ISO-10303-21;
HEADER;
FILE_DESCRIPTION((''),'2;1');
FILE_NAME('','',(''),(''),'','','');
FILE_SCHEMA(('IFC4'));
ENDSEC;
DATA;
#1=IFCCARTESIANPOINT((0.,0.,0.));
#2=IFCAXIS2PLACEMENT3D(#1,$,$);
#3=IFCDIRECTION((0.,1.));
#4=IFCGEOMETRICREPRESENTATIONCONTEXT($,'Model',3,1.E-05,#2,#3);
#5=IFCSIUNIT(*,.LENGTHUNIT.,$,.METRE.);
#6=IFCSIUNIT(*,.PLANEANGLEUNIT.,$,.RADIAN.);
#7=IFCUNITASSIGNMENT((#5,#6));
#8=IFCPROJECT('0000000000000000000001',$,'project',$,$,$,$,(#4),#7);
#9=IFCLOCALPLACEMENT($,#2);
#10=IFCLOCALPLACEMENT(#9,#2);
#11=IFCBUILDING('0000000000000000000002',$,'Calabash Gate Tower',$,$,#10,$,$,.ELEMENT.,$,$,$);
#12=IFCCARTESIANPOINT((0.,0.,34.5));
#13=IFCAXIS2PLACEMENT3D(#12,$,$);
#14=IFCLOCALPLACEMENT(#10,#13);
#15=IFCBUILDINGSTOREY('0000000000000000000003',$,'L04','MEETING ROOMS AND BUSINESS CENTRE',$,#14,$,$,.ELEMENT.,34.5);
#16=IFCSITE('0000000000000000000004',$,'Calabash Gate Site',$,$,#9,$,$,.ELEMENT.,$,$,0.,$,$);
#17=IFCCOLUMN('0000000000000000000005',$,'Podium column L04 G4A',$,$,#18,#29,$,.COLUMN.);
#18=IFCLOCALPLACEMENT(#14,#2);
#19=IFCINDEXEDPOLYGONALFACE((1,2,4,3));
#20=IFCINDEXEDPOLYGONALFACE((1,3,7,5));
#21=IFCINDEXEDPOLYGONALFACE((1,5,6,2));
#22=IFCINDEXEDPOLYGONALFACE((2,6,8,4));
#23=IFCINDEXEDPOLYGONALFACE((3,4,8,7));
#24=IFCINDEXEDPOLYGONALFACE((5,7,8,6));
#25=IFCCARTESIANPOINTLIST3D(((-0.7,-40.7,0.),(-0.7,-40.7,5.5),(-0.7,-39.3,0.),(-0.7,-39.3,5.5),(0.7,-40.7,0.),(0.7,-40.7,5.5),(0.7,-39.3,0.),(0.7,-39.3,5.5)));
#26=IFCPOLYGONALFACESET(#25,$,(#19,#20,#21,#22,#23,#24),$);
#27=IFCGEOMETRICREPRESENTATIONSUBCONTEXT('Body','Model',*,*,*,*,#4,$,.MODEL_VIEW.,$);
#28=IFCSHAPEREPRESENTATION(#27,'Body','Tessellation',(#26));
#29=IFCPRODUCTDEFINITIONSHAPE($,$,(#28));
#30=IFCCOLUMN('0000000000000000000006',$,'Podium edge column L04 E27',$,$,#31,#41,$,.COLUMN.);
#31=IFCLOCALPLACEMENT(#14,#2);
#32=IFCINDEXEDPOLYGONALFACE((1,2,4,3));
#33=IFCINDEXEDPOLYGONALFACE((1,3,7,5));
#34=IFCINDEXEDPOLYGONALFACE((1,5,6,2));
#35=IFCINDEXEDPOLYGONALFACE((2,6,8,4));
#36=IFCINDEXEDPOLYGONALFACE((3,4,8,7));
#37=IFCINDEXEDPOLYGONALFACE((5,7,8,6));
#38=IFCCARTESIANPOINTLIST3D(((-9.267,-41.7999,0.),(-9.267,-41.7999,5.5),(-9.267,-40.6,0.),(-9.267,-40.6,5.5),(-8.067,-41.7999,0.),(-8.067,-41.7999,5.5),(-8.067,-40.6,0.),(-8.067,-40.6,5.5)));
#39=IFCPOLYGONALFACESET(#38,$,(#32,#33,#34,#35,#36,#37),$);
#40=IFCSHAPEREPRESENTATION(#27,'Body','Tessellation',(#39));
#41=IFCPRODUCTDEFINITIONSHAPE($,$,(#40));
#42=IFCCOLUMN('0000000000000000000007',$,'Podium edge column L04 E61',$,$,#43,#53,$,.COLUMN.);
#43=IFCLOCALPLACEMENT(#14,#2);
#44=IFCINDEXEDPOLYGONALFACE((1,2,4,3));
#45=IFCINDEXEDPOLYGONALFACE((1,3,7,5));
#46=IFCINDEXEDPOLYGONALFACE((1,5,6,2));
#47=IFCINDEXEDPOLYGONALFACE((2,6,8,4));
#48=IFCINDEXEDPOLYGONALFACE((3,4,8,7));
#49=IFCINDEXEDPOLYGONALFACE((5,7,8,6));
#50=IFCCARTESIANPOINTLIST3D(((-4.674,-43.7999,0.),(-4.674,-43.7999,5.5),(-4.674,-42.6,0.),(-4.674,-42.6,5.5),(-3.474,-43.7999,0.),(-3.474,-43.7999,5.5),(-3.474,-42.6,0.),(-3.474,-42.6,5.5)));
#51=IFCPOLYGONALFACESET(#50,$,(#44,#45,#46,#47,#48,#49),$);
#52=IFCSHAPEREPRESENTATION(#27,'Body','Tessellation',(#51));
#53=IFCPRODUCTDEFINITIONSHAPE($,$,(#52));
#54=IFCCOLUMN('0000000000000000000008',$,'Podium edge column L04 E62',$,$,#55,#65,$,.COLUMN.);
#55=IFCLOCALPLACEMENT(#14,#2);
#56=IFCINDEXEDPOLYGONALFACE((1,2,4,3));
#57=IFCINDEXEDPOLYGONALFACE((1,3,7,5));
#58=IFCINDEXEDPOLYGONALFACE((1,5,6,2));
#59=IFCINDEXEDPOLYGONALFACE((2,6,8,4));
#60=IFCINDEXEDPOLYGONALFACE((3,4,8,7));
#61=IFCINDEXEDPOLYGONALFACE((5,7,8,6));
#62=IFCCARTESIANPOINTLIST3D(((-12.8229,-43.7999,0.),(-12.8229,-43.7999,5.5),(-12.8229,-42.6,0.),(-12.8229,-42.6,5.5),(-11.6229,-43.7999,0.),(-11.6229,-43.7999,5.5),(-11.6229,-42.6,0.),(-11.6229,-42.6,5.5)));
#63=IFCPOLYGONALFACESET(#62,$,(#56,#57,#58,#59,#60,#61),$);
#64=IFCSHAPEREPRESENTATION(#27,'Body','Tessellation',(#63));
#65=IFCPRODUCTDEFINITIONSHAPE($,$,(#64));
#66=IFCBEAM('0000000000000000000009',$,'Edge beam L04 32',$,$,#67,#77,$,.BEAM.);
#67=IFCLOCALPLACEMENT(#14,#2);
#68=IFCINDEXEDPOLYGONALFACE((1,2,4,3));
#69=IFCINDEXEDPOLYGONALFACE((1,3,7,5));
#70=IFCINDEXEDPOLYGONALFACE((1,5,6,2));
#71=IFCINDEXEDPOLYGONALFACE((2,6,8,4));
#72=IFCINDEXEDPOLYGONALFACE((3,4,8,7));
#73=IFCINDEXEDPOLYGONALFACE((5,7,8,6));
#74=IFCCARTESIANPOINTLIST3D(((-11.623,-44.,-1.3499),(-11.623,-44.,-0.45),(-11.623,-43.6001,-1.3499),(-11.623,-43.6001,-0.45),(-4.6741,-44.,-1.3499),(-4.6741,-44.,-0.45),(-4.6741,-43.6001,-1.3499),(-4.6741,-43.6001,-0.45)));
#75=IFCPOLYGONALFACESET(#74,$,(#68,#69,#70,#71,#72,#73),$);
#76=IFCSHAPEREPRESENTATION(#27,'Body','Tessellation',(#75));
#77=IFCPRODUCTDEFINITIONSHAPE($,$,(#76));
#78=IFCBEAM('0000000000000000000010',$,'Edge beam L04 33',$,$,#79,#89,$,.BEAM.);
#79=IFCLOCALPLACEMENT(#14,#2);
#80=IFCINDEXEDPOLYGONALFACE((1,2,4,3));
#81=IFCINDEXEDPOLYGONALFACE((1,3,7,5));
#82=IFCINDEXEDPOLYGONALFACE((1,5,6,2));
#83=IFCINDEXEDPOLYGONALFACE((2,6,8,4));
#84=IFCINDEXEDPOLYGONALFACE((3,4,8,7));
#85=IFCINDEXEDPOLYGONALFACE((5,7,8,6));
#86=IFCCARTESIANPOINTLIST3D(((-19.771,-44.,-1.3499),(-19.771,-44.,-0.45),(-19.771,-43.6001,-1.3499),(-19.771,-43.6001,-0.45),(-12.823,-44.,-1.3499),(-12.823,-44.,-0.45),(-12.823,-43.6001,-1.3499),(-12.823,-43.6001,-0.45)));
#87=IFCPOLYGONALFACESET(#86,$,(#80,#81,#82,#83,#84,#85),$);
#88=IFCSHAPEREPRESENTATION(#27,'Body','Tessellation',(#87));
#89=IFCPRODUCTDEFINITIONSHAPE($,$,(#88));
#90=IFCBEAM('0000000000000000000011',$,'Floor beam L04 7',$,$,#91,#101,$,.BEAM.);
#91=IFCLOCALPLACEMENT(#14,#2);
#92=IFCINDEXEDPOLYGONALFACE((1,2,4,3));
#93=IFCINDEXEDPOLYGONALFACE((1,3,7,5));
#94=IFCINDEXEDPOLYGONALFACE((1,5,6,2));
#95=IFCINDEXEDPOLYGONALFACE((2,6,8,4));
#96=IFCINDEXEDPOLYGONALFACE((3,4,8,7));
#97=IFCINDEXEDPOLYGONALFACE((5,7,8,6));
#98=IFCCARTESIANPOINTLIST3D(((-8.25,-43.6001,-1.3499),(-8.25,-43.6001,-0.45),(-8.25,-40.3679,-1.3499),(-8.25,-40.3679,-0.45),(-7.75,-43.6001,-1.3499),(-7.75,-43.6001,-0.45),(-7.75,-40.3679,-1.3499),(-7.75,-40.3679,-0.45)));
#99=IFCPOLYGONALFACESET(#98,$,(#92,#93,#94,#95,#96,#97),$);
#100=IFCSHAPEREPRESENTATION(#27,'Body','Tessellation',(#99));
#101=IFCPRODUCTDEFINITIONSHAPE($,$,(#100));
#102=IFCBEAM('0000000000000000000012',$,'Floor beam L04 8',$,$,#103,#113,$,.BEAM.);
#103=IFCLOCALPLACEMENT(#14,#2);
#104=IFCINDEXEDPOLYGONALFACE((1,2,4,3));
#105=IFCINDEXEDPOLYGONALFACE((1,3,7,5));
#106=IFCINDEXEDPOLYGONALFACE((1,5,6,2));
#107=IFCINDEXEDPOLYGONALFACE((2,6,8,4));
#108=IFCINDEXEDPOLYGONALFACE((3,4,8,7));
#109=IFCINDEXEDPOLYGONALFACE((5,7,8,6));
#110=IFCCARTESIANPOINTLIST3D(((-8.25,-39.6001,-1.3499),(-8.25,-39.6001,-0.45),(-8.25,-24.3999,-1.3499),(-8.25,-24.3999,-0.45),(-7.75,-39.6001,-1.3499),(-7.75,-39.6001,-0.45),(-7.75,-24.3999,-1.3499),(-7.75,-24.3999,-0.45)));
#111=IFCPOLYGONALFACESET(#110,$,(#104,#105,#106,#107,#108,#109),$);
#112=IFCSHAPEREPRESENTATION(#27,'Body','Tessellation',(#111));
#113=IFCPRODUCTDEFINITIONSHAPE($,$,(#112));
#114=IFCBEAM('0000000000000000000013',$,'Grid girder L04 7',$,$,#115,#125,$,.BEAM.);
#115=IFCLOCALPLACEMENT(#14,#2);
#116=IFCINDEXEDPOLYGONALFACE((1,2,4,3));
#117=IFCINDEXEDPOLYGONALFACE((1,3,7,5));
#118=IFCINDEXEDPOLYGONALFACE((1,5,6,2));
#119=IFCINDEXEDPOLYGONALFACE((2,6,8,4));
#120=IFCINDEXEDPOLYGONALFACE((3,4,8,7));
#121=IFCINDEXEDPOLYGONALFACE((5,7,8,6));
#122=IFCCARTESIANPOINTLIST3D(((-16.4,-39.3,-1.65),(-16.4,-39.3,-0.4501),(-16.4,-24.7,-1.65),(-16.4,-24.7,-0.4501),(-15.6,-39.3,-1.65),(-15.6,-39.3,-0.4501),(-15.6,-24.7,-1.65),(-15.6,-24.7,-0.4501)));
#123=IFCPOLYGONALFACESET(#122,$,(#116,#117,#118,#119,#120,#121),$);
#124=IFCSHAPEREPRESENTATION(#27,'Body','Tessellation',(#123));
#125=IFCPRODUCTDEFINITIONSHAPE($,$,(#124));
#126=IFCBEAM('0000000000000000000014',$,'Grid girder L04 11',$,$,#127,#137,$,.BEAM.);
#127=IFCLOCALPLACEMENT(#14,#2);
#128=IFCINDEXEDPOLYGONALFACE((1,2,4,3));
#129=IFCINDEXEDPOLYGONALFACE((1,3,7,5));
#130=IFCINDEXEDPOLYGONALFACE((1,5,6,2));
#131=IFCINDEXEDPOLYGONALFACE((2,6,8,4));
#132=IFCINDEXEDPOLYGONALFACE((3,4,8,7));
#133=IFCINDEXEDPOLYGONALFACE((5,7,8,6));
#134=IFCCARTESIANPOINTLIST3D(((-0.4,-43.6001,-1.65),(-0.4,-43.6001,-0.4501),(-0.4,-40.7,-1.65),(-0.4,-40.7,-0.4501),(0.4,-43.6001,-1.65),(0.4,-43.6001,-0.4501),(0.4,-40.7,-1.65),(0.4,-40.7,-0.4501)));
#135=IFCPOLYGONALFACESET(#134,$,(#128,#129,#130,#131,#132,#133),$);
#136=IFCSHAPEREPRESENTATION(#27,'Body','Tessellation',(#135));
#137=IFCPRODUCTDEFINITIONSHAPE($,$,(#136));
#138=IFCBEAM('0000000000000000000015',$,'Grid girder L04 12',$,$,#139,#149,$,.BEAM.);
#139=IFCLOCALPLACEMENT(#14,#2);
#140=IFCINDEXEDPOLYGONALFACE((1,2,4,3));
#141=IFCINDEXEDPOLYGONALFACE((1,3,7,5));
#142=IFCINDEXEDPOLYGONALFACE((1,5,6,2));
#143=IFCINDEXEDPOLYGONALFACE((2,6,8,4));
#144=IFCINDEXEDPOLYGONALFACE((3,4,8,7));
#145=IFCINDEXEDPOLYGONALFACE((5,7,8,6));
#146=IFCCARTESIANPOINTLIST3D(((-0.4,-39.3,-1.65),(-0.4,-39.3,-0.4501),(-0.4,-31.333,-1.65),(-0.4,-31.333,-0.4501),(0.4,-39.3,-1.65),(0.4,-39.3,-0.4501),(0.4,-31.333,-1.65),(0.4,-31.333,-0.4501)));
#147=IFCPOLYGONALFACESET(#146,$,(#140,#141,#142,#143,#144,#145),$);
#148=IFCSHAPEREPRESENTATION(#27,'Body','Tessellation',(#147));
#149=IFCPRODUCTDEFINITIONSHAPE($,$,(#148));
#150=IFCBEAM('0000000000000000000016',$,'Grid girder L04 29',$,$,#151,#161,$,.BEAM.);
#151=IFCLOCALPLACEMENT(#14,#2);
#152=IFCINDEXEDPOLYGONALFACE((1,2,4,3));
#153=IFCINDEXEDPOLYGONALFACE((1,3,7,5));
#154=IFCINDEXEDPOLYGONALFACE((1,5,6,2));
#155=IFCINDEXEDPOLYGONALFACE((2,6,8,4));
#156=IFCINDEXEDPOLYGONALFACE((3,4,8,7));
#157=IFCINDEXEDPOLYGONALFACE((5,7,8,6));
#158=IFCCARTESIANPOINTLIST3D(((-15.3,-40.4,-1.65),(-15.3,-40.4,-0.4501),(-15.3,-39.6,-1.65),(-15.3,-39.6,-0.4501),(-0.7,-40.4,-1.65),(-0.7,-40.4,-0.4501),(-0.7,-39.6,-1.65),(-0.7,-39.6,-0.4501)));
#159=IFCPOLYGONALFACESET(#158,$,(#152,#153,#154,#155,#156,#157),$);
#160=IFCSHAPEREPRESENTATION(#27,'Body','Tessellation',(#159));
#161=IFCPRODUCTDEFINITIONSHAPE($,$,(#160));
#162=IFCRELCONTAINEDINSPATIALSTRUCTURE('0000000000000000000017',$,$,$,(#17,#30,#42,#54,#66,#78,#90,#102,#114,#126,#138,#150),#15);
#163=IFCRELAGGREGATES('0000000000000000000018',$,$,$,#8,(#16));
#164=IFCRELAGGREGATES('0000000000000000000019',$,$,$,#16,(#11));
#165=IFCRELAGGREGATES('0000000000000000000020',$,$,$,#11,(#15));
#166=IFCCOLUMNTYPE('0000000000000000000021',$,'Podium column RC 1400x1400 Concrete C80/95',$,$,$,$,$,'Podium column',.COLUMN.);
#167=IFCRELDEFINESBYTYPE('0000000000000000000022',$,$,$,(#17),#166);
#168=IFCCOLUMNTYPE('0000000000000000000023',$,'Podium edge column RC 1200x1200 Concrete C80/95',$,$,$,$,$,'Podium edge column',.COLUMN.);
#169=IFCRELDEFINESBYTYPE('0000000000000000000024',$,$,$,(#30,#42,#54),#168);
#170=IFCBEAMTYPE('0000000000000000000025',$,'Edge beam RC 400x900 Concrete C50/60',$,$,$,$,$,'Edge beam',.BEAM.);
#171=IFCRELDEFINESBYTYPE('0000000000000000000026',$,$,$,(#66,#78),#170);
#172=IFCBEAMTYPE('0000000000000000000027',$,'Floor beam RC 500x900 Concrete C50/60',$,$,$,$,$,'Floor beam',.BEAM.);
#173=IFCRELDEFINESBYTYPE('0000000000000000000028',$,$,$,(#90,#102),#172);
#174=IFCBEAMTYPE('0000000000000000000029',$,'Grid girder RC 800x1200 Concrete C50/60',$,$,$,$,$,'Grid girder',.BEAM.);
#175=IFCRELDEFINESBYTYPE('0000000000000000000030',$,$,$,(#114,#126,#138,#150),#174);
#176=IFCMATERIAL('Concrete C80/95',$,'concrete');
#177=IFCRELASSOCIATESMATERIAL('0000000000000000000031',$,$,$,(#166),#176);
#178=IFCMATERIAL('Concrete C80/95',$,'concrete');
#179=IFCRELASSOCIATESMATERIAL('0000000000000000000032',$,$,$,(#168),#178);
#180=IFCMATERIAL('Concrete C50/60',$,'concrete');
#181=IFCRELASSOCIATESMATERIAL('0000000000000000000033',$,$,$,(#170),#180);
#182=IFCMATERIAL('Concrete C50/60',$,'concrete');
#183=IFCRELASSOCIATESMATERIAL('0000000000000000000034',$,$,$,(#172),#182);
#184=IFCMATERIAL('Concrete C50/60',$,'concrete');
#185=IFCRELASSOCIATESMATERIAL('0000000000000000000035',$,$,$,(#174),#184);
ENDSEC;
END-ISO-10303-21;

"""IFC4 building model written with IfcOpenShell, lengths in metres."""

from ifc_helpers import new_model, si_unit, direction, frame, origin, origin_2d, place, context, subcontext, project, spatial, rectangle, extrude, material, material_profile, profile_set, type_object, element, save


model = new_model("IFC4")

# Units and contexts
model_context = context("Model", 3, precision=1e-05, world=origin(), true_north=direction((0.0, 1.0)))
body_context = subcontext(model_context, "Body", "Model", "MODEL_VIEW")
ifc_project = project(units=[si_unit("LENGTHUNIT", "METRE"), si_unit("PLANEANGLEUNIT", "RADIAN")], contexts=[model_context])

# Site, building, storey
site_placement = place(None, origin())
site = spatial("IfcSite", under=ifc_project, at=site_placement, Name="Calabash Gate Site", CompositionType="ELEMENT", RefElevation=0.0)
building_placement = place(site_placement, origin())
building = spatial("IfcBuilding", under=site, at=building_placement, Name="Calabash Gate Tower", CompositionType="ELEMENT")
storey_placement = place(building_placement, frame((0.0, 0.0, 34.5)))
storey = spatial("IfcBuildingStorey", under=building, at=storey_placement, Name="L04", Description="MEETING ROOMS AND BUSINESS CENTRE", CompositionType="ELEMENT", Elevation=34.5)

# Columns
ifc_material_1 = material(Name="Concrete C80/95", Category="concrete")
ifc_material_profile_1 = material_profile(ifc_material_1, rectangle(XDim=1.3999, YDim=1.3999, at=origin_2d()))
ifc_profile_set_1 = profile_set([ifc_material_profile_1], Name="Concrete C80/95")
column_type_1 = type_object("IfcColumnType", Name="Podium column RC 1400x1400 Concrete C80/95", ElementType="Podium column", PredefinedType="COLUMN", material=ifc_profile_set_1)
column_placement = place(storey_placement, frame((0.0, -40.0, 0.0), z_axis=(0.0, 0.0, 1.0), x_axis=(1.0, 0.0, 0.0)))
element("IfcColumn", 1, at=column_placement, inside=storey, type_object=column_type_1, Name="Podium column L04 G4A", PredefinedType="COLUMN", context=body_context, shape_type="SweptSolid", body=[
    extrude(rectangle(XDim=1.3999, YDim=1.3999, at=origin_2d()), origin(), (0.0, 0.0, 1.0), 5.5),
])
ifc_material_2 = material(Name="Concrete C80/95", Category="concrete")
ifc_material_profile_2 = material_profile(ifc_material_2, rectangle(XDim=1.2, YDim=1.2, at=origin_2d()))
ifc_profile_set_2 = profile_set([ifc_material_profile_2], Name="Concrete C80/95")
column_type_2 = type_object("IfcColumnType", Name="Podium edge column RC 1200x1200 Concrete C80/95", ElementType="Podium edge column", PredefinedType="COLUMN", material=ifc_profile_set_2)
for number, where, z_axis, x_axis, name in (
    (2, (-8.667, -41.2, 0.0), (0.0, 0.0, 1.0), (1.0, 0.0, 0.0), "Podium edge column L04 E27"),
    (3, (-4.074, -43.2, 0.0), (0.0, 0.0, 1.0), (1.0, 0.0, 0.0), "Podium edge column L04 E61"),
    (4, (-12.2229, -43.2, 0.0), (0.0, 0.0, 1.0), (1.0, 0.0, 0.0), "Podium edge column L04 E62"),
):
    element("IfcColumn", number, at=place(storey_placement, frame(where, z_axis=z_axis, x_axis=x_axis)), inside=storey, type_object=column_type_2, Name=name, PredefinedType="COLUMN", context=body_context, shape_type="SweptSolid", body=[
        extrude(rectangle(XDim=1.2, YDim=1.2, at=origin_2d()), origin(), (0.0, 0.0, 1.0), 5.5),
    ])

# Beams
ifc_material_3 = material(Name="Concrete C50/60", Category="concrete")
ifc_material_profile_3 = material_profile(ifc_material_3, rectangle(XDim=0.3999, YDim=0.8999, at=origin_2d()))
ifc_profile_set_3 = profile_set([ifc_material_profile_3], Name="Concrete C50/60")
beam_type_1 = type_object("IfcBeamType", Name="Edge beam RC 400x900 Concrete C50/60", ElementType="Edge beam", PredefinedType="BEAM", material=ifc_profile_set_3)
beam_1_placement = place(storey_placement, frame((-4.6741, -43.8, -0.8999), z_axis=(-1.0, 0.0, 0.0), x_axis=(0.0, -1.0, 0.0)))
element("IfcBeam", 5, at=beam_1_placement, inside=storey, type_object=beam_type_1, Name="Edge beam L04 32", PredefinedType="BEAM", context=body_context, shape_type="SweptSolid", body=[
    extrude(rectangle(XDim=0.3999, YDim=0.8999, at=origin_2d()), origin(), (0.0, 0.0, 1.0), 6.949),
])
beam_2_placement = place(storey_placement, frame((-12.823, -43.8, -0.8999), z_axis=(-1.0, 0.0, 0.0), x_axis=(0.0, -1.0, 0.0)))
element("IfcBeam", 6, at=beam_2_placement, inside=storey, type_object=beam_type_1, Name="Edge beam L04 33", PredefinedType="BEAM", context=body_context, shape_type="SweptSolid", body=[
    extrude(rectangle(XDim=0.3999, YDim=0.8999, at=origin_2d()), origin(), (0.0, 0.0, 1.0), 6.948),
])
ifc_material_4 = material(Name="Concrete C50/60", Category="concrete")
ifc_material_profile_4 = material_profile(ifc_material_4, rectangle(XDim=0.5, YDim=0.8999, at=origin_2d()))
ifc_profile_set_4 = profile_set([ifc_material_profile_4], Name="Concrete C50/60")
beam_type_2 = type_object("IfcBeamType", Name="Floor beam RC 500x900 Concrete C50/60", ElementType="Floor beam", PredefinedType="BEAM", material=ifc_profile_set_4)
beam_3_placement = place(storey_placement, frame((-8.0, -43.6001, -0.8999), z_axis=(0.0, 1.0, 0.0), x_axis=(-1.0, 0.0, 0.0)))
element("IfcBeam", 7, at=beam_3_placement, inside=storey, type_object=beam_type_2, Name="Floor beam L04 7", PredefinedType="BEAM", context=body_context, shape_type="SweptSolid", body=[
    extrude(rectangle(XDim=0.5, YDim=0.8999, at=origin_2d()), origin(), (0.0, 0.0, 1.0), 3.2322),
])
beam_4_placement = place(storey_placement, frame((-8.0, -39.6001, -0.8999), z_axis=(0.0, 1.0, 0.0), x_axis=(-1.0, 0.0, 0.0)))
element("IfcBeam", 8, at=beam_4_placement, inside=storey, type_object=beam_type_2, Name="Floor beam L04 8", PredefinedType="BEAM", context=body_context, shape_type="SweptSolid", body=[
    extrude(rectangle(XDim=0.5, YDim=0.8999, at=origin_2d()), origin(), (0.0, 0.0, 1.0), 15.2002),
])
ifc_material_5 = material(Name="Concrete C50/60", Category="concrete")
ifc_material_profile_5 = material_profile(ifc_material_5, rectangle(XDim=0.8, YDim=1.2, at=origin_2d()))
ifc_profile_set_5 = profile_set([ifc_material_profile_5], Name="Concrete C50/60")
beam_type_3 = type_object("IfcBeamType", Name="Grid girder RC 800x1200 Concrete C50/60", ElementType="Grid girder", PredefinedType="BEAM", material=ifc_profile_set_5)
beam_5_placement = place(storey_placement, frame((-16.0, -39.3, -1.05), z_axis=(0.0, 1.0, 0.0), x_axis=(-1.0, 0.0, 0.0)))
element("IfcBeam", 9, at=beam_5_placement, inside=storey, type_object=beam_type_3, Name="Grid girder L04 7", PredefinedType="BEAM", context=body_context, shape_type="SweptSolid", body=[
    extrude(rectangle(XDim=0.8, YDim=1.2, at=origin_2d()), origin(), (0.0, 0.0, 1.0), 14.6001),
])
beam_6_placement = place(storey_placement, frame((0.0, -43.6001, -1.05), z_axis=(0.0, 1.0, 0.0), x_axis=(-1.0, 0.0, 0.0)))
element("IfcBeam", 10, at=beam_6_placement, inside=storey, type_object=beam_type_3, Name="Grid girder L04 11", PredefinedType="BEAM", context=body_context, shape_type="SweptSolid", body=[
    extrude(rectangle(XDim=0.8, YDim=1.2, at=origin_2d()), origin(), (0.0, 0.0, 1.0), 2.9001),
])
beam_7_placement = place(storey_placement, frame((0.0, -39.3, -1.05), z_axis=(0.0, 1.0, 0.0), x_axis=(-1.0, 0.0, 0.0)))
element("IfcBeam", 11, at=beam_7_placement, inside=storey, type_object=beam_type_3, Name="Grid girder L04 12", PredefinedType="BEAM", context=body_context, shape_type="SweptSolid", body=[
    extrude(rectangle(XDim=0.8, YDim=1.2, at=origin_2d()), origin(), (0.0, 0.0, 1.0), 7.967),
])
beam_8_placement = place(storey_placement, frame((-15.3, -40.0, -1.05), z_axis=(1.0, 0.0, 0.0), x_axis=(0.0, 1.0, 0.0)))
element("IfcBeam", 12, at=beam_8_placement, inside=storey, type_object=beam_type_3, Name="Grid girder L04 29", PredefinedType="BEAM", context=body_context, shape_type="SweptSolid", body=[
    extrude(rectangle(XDim=0.8, YDim=1.2, at=origin_2d()), origin(), (0.0, 0.0, 1.0), 14.6001),
])

save(model, "model.ifc")
